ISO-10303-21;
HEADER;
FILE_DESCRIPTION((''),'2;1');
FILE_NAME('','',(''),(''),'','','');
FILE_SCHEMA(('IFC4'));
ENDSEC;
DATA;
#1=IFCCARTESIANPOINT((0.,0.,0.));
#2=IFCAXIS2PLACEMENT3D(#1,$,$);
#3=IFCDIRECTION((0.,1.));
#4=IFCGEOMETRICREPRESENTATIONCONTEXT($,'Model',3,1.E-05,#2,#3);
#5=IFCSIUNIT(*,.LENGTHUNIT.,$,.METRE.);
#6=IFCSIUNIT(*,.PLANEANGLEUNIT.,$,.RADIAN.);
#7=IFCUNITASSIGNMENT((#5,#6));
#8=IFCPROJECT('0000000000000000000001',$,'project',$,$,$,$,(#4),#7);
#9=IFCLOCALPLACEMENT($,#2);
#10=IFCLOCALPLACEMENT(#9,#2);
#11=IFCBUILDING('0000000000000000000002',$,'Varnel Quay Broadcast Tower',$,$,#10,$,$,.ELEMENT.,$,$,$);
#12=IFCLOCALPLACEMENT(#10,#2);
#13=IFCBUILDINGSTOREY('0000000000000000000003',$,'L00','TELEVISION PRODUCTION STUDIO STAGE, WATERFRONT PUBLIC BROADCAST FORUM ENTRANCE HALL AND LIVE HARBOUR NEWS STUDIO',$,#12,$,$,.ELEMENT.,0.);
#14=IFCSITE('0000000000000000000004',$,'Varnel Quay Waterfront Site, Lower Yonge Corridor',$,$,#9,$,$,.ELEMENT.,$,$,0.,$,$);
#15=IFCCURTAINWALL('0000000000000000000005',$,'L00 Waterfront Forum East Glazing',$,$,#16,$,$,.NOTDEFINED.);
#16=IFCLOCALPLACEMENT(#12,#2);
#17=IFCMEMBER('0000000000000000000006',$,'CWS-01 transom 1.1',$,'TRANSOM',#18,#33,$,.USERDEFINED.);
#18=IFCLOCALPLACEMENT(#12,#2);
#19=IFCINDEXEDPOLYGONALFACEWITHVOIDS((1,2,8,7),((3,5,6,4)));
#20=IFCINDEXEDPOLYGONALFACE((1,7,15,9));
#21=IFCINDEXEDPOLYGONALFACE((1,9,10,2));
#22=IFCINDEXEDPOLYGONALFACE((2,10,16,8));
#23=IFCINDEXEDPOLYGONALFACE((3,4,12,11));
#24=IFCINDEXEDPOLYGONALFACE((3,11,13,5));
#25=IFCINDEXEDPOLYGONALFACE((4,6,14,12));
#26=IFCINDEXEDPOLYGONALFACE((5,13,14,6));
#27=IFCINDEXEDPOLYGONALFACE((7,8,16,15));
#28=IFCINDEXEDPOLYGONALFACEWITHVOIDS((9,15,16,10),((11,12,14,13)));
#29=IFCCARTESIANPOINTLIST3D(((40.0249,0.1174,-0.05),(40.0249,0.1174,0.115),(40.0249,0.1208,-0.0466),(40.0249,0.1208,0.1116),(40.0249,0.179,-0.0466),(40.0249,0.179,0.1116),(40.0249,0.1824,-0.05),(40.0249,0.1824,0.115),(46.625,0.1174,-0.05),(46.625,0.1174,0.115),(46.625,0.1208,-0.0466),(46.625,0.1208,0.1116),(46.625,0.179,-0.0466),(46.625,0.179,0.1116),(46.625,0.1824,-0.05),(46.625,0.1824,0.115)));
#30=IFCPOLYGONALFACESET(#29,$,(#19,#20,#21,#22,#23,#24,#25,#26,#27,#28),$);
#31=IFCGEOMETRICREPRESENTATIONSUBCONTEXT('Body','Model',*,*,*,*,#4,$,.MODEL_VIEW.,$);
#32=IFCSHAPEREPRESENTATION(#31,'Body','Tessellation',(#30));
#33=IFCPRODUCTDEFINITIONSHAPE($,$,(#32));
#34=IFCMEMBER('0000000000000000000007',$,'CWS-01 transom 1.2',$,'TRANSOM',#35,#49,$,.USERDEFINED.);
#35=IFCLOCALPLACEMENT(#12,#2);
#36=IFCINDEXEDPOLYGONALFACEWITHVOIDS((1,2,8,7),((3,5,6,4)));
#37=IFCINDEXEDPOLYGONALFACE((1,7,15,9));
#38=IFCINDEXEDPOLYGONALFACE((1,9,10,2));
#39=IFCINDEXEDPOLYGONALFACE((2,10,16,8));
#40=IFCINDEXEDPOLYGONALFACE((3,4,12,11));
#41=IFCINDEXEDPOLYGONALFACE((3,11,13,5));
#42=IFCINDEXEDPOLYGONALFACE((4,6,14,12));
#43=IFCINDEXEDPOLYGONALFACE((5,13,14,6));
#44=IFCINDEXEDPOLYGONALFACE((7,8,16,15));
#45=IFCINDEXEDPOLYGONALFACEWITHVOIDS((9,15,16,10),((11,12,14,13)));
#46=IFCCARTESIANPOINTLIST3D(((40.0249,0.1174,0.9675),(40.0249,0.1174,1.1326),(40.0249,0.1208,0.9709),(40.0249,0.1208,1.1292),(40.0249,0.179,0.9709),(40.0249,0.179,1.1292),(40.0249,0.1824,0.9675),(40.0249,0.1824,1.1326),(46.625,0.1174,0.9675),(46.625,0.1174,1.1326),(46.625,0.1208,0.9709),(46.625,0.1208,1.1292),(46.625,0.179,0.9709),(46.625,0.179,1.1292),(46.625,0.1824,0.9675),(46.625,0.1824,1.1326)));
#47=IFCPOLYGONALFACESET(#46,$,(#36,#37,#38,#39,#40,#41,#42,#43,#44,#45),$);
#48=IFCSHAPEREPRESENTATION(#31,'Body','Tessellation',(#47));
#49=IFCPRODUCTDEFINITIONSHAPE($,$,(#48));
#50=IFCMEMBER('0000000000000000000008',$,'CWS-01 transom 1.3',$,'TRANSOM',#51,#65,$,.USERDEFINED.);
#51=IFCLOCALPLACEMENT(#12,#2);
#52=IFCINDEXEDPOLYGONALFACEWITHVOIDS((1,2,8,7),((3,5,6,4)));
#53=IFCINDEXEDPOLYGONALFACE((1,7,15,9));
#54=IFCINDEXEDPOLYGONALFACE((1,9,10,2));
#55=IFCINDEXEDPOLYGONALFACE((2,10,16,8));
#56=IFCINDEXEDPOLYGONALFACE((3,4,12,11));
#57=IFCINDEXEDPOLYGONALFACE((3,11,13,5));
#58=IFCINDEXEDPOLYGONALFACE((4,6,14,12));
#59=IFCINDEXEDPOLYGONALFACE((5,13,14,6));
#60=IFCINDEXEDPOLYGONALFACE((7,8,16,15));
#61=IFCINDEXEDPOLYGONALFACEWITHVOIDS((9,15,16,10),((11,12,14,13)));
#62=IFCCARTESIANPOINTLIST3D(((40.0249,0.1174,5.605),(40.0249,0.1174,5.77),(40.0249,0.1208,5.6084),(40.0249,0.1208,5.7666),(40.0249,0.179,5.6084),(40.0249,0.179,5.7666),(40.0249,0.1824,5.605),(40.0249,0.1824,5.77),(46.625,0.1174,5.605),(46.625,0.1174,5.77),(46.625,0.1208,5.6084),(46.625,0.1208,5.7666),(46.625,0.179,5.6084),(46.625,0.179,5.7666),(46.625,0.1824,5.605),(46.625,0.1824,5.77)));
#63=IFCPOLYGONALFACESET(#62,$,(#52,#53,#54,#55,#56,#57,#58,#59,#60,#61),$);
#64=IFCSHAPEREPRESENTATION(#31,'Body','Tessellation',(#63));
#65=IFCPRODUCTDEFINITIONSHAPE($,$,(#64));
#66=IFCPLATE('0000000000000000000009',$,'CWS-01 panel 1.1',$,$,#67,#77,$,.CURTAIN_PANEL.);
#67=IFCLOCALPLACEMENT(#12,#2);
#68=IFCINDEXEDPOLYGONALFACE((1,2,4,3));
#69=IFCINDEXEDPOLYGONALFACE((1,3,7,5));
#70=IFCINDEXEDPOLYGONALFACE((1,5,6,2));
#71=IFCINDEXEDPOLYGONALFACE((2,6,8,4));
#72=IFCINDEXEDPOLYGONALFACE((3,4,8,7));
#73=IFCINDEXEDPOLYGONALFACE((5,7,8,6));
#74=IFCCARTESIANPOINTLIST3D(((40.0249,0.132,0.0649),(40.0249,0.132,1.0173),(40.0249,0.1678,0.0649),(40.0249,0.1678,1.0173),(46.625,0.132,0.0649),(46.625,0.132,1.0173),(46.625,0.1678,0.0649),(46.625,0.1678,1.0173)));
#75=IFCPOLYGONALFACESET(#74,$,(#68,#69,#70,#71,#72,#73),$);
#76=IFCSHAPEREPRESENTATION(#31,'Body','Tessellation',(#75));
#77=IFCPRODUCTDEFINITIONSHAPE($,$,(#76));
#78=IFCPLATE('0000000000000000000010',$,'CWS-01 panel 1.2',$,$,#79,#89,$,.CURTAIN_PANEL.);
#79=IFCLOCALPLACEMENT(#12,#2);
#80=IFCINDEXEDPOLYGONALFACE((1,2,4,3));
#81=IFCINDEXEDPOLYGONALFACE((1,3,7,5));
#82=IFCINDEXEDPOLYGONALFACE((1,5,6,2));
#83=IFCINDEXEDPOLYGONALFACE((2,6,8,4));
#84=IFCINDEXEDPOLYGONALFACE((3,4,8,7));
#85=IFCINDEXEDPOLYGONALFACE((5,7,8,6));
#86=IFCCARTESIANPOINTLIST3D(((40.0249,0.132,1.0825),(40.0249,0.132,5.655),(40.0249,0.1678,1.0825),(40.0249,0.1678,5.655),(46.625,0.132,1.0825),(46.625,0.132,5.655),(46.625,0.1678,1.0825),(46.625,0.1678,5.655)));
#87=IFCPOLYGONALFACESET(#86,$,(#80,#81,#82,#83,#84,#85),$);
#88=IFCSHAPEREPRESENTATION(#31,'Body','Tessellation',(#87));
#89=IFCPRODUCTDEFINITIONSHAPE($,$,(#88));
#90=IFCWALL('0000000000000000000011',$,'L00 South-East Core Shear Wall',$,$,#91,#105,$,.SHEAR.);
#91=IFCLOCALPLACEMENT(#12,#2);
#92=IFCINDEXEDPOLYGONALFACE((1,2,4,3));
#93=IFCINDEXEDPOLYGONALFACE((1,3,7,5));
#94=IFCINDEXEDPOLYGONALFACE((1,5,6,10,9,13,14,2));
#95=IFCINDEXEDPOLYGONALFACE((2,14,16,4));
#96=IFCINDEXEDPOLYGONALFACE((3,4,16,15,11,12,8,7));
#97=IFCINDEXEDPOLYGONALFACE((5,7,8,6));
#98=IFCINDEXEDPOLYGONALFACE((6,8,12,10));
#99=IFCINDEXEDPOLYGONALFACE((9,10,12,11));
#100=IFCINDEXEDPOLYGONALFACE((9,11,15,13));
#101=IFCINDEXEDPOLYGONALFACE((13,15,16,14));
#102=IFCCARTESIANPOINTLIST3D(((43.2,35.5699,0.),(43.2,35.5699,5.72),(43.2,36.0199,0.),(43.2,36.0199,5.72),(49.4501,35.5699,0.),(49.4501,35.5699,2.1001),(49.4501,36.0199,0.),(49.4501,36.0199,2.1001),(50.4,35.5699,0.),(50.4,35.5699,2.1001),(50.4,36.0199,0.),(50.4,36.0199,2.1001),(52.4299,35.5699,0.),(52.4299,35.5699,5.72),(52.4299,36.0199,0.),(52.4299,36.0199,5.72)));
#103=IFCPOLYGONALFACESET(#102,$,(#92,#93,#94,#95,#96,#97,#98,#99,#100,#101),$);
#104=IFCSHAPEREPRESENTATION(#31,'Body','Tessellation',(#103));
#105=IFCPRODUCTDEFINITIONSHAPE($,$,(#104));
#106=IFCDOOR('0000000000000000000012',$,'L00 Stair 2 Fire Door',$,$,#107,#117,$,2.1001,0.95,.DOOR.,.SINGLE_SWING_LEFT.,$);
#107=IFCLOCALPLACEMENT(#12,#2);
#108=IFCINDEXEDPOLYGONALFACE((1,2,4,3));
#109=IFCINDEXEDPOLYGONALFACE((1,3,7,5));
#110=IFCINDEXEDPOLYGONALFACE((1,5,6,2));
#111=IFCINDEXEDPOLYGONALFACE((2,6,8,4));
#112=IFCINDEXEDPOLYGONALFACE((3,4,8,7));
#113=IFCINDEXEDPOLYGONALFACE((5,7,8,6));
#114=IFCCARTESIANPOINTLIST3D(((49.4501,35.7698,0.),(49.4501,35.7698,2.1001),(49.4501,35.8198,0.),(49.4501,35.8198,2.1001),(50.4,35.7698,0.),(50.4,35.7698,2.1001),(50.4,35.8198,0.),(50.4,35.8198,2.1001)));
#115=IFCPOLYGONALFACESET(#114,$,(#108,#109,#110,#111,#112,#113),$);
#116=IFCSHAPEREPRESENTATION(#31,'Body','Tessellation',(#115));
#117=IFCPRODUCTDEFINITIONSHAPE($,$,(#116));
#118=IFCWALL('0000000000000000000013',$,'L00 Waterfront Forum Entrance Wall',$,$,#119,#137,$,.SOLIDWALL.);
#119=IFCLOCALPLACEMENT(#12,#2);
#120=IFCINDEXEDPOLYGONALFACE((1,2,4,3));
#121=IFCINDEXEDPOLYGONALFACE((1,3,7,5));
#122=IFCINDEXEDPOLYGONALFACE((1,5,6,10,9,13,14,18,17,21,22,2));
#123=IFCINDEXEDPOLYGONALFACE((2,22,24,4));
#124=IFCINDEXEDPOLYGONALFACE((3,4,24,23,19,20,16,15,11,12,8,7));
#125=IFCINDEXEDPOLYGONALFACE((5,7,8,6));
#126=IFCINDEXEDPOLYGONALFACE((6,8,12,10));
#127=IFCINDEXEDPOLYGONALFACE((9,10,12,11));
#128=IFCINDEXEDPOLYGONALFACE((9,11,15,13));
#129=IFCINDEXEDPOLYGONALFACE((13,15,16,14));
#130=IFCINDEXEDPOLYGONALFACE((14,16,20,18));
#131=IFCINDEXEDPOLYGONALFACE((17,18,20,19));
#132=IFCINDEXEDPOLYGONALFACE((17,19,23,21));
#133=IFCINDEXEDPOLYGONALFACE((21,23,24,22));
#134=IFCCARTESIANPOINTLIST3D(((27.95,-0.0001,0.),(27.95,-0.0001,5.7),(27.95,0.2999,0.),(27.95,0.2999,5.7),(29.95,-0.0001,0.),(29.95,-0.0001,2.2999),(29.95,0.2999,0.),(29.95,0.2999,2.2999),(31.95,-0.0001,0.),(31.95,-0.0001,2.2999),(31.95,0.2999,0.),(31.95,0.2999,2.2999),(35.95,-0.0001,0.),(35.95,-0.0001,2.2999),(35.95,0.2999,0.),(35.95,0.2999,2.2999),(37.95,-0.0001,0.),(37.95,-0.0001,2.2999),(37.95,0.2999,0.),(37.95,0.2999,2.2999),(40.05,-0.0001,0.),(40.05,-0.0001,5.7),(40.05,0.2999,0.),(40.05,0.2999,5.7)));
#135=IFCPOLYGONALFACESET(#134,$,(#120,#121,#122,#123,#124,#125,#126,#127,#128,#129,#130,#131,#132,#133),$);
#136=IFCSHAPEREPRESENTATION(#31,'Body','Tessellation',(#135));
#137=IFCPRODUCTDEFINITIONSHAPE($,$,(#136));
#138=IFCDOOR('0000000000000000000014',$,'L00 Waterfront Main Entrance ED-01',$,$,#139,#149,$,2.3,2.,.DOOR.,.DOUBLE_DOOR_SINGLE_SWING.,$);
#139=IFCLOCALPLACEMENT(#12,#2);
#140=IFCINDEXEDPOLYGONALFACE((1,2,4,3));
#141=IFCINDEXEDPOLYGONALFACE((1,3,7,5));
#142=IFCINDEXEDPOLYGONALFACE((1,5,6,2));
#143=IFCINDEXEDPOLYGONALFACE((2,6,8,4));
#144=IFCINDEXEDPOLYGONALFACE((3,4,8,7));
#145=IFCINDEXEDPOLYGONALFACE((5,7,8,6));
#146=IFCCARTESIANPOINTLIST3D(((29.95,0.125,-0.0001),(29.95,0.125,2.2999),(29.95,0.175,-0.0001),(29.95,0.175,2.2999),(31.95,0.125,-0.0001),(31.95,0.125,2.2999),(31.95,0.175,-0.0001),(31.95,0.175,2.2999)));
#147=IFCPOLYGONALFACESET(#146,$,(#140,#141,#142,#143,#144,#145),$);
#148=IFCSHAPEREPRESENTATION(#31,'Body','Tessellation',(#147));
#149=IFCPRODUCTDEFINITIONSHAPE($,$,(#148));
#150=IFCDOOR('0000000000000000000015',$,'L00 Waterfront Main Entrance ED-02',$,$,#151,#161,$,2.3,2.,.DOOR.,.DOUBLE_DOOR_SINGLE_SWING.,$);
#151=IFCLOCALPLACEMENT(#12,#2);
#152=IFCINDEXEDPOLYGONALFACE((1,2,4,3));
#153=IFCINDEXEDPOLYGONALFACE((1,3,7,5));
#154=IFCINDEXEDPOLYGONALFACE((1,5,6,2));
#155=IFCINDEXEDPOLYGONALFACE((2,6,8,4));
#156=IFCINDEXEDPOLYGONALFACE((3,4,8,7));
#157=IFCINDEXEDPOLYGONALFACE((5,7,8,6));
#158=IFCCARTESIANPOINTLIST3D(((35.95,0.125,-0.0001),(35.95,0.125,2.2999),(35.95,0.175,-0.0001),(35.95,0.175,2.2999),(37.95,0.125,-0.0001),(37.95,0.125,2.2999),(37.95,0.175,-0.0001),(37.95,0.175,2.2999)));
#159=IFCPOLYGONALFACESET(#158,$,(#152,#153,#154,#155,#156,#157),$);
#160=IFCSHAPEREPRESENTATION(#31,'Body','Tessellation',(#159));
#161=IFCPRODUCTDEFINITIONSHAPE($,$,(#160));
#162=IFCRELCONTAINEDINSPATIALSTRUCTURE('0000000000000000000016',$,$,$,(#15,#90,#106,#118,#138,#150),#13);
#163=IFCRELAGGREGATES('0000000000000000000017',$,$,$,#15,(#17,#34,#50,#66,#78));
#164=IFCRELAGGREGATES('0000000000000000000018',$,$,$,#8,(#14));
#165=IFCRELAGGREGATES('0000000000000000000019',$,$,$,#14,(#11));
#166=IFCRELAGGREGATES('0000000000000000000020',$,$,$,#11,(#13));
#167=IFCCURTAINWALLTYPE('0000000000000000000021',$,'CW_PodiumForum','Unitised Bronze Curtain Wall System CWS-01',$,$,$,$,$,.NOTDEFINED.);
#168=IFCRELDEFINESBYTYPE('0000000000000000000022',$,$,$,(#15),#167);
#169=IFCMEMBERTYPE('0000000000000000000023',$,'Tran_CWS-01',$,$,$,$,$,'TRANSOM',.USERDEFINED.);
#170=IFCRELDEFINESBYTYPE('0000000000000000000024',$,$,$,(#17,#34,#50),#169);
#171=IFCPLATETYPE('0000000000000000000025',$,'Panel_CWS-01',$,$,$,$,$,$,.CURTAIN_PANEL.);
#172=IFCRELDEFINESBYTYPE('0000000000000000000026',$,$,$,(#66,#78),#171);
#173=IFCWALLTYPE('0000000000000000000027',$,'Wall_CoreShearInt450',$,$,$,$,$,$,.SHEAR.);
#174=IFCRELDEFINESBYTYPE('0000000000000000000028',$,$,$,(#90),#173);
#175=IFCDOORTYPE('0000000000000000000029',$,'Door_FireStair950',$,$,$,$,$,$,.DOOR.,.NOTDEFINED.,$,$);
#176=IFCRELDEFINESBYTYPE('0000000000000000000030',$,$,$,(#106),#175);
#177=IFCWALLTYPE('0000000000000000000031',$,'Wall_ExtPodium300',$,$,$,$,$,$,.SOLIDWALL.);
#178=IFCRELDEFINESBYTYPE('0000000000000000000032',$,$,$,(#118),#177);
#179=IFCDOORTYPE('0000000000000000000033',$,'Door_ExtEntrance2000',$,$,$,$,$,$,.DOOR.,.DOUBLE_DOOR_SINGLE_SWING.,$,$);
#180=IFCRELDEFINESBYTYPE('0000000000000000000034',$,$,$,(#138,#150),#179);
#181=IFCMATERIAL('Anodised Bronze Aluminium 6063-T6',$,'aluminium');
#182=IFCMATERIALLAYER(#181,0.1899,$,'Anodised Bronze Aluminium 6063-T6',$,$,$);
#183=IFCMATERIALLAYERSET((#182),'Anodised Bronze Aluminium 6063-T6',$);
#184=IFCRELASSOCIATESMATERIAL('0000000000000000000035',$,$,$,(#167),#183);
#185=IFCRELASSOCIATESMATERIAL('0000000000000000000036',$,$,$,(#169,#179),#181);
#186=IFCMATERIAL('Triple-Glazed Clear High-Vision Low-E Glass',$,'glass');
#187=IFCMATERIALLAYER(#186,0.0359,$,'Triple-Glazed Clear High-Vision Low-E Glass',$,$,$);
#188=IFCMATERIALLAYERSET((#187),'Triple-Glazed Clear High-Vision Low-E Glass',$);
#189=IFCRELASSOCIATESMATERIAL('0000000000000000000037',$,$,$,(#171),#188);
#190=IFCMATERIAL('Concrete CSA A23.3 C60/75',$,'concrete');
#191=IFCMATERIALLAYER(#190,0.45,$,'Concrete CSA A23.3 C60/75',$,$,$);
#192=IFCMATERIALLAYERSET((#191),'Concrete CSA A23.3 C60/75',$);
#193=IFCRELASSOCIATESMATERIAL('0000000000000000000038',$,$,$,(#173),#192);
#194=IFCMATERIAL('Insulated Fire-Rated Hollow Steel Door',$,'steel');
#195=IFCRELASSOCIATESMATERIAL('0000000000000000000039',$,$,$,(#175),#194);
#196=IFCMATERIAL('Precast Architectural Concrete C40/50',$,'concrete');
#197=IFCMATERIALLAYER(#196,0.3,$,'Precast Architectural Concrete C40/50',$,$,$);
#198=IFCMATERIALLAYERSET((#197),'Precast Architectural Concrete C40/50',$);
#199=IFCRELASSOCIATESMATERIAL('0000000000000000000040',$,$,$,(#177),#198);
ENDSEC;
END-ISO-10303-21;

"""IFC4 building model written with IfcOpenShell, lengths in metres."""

from ifc_helpers import new_model, si_unit, direction, frame, frame_2d, origin, origin_2d, place, context, subcontext, project, spatial, rectangle, hollow_rectangle, extrude, source, transform, mapped, material, layer, layer_set, material_profile, profile_set, type_object, type_shapes, element, fill, aggregate, save


model = new_model("IFC4")

# Units and contexts
model_context = context("Model", 3, precision=1e-05, world=origin(), true_north=direction((0.0, 1.0)))
body_context = subcontext(model_context, "Body", "Model", "MODEL_VIEW")
ifc_project = project(units=[si_unit("LENGTHUNIT", "METRE"), si_unit("PLANEANGLEUNIT", "RADIAN")], contexts=[model_context])

# Site, building, storey
site_placement = place(None, origin())
site = spatial("IfcSite", under=ifc_project, at=site_placement, Name="Varnel Quay Waterfront Site, Lower Yonge Corridor", CompositionType="ELEMENT", RefElevation=0.0)
building_placement = place(site_placement, origin())
building = spatial("IfcBuilding", under=site, at=building_placement, Name="Varnel Quay Broadcast Tower", CompositionType="ELEMENT")
storey_placement = place(building_placement, origin())
storey = spatial("IfcBuildingStorey", under=building, at=storey_placement, Name="L00", Description="TELEVISION PRODUCTION STUDIO STAGE, WATERFRONT PUBLIC BROADCAST FORUM ENTRANCE HALL AND LIVE HARBOUR NEWS STUDIO", CompositionType="ELEMENT", Elevation=0.0)

# Shared definitions
ifc_material_1 = material(Name="Anodised Bronze Aluminium 6063-T6", Category="aluminium")
ifc_layer_1 = layer(ifc_material_1, 0.1899, Name="Anodised Bronze Aluminium 6063-T6")
ifc_layer_set_1 = layer_set([ifc_layer_1], Name="Anodised Bronze Aluminium 6063-T6")
curtain_wall_type = type_object("IfcCurtainWallType", Name="CW_PodiumForum", Description="Unitised Bronze Curtain Wall System CWS-01", PredefinedType="NOTDEFINED", material=ifc_layer_set_1)

# Curtain wall, members, plates
curtain_wall_1_placement = place(storey_placement, origin())
curtain_wall_1 = element("IfcCurtainWall", 1, at=curtain_wall_1_placement, inside=storey, type_object=curtain_wall_type, Name="L00 Waterfront Forum East Glazing", PredefinedType="NOTDEFINED")
ifc_material_profile_1 = material_profile(ifc_material_1, hollow_rectangle(XDim=0.0649, YDim=0.165, WallThickness=0.0034, at=origin_2d()), Name="ALU65X165X3.5")
ifc_profile_set_1 = profile_set([ifc_material_profile_1], Name="Anodised Bronze Aluminium 6063-T6")
member_type_1 = type_object("IfcMemberType", Name="Tran_CWS-01", ElementType="TRANSOM", PredefinedType="USERDEFINED", material=ifc_profile_set_1)
shared_shape_1 = source(origin(), body_context, "Body", "SweptSolid", [
    extrude(hollow_rectangle(XDim=0.0649, YDim=0.165, WallThickness=0.0034, at=origin_2d()), origin(), (0.0, 0.0, 1.0), 6.6001),
])
type_shapes(member_type_1, [shared_shape_1])
member_1_placement = place(storey_placement, frame((40.0249, 0.1499, 0.0325), z_axis=(1.0, 0.0, 0.0), x_axis=(0.0, 1.0, 0.0)))
member_1 = element("IfcMember", 2, at=member_1_placement, type_object=member_type_1, Name="CWS-01 transom 1.1", ObjectType="TRANSOM", PredefinedType="USERDEFINED", context=body_context, shape_type="MappedRepresentation", body=[
    mapped(shared_shape_1, transform((0.0, 0.0, 0.0), x_axis=(1.0, 0.0, 0.0), y_axis=(0.0, 1.0, 0.0), z_axis=(0.0, 0.0, 1.0), scale=1.0)),
])
member_2_placement = place(storey_placement, frame((40.0249, 0.1499, 1.05), z_axis=(1.0, 0.0, 0.0), x_axis=(0.0, 1.0, 0.0)))
member_2 = element("IfcMember", 3, at=member_2_placement, type_object=member_type_1, Name="CWS-01 transom 1.2", ObjectType="TRANSOM", PredefinedType="USERDEFINED", context=body_context, shape_type="MappedRepresentation", body=[
    mapped(shared_shape_1, transform((0.0, 0.0, 0.0), x_axis=(1.0, 0.0, 0.0), y_axis=(0.0, 1.0, 0.0), z_axis=(0.0, 0.0, 1.0), scale=1.0)),
])
member_3_placement = place(storey_placement, frame((40.0249, 0.1499, 5.6875), z_axis=(1.0, 0.0, 0.0), x_axis=(0.0, 1.0, 0.0)))
member_3 = element("IfcMember", 4, at=member_3_placement, type_object=member_type_1, Name="CWS-01 transom 1.3", ObjectType="TRANSOM", PredefinedType="USERDEFINED", context=body_context, shape_type="MappedRepresentation", body=[
    mapped(shared_shape_1, transform((0.0, 0.0, 0.0), x_axis=(1.0, 0.0, 0.0), y_axis=(0.0, 1.0, 0.0), z_axis=(0.0, 0.0, 1.0), scale=1.0)),
])
ifc_material_2 = material(Name="Triple-Glazed Clear High-Vision Low-E Glass", Category="glass")
ifc_layer_2 = layer(ifc_material_2, 0.0359, Name="Triple-Glazed Clear High-Vision Low-E Glass")
ifc_layer_set_2 = layer_set([ifc_layer_2], Name="Triple-Glazed Clear High-Vision Low-E Glass")
plate_type = type_object("IfcPlateType", Name="Panel_CWS-01", PredefinedType="CURTAIN_PANEL", material=ifc_layer_set_2)
shared_shape_2 = source(origin(), body_context, "Body", "SweptSolid", [
    extrude(rectangle(XDim=6.6001, YDim=0.0359, at=origin_2d()), origin(), (0.0, 0.0, 1.0), 0.9524),
])
plate_1_placement = place(storey_placement, frame((43.325, 0.1499, 0.0649), z_axis=(0.0, 0.0, 1.0), x_axis=(1.0, 0.0, 0.0)))
plate_1 = element("IfcPlate", 5, at=plate_1_placement, type_object=plate_type, Name="CWS-01 panel 1.1", PredefinedType="CURTAIN_PANEL", context=body_context, shape_type="MappedRepresentation", body=[
    mapped(shared_shape_2, transform((0.0, 0.0, 0.0), x_axis=(1.0, 0.0, 0.0), y_axis=(0.0, 1.0, 0.0), z_axis=(0.0, 0.0, 1.0), scale=1.0)),
])
shared_shape_3 = source(origin(), body_context, "Body", "SweptSolid", [
    extrude(rectangle(XDim=6.6001, YDim=0.0359, at=origin_2d()), origin(), (0.0, 0.0, 1.0), 4.5725),
])
type_shapes(plate_type, [shared_shape_2, shared_shape_3])
plate_2_placement = place(storey_placement, frame((43.325, 0.1499, 1.0825), z_axis=(0.0, 0.0, 1.0), x_axis=(1.0, 0.0, 0.0)))
plate_2 = element("IfcPlate", 6, at=plate_2_placement, type_object=plate_type, Name="CWS-01 panel 1.2", PredefinedType="CURTAIN_PANEL", context=body_context, shape_type="MappedRepresentation", body=[
    mapped(shared_shape_3, transform((0.0, 0.0, 0.0), x_axis=(1.0, 0.0, 0.0), y_axis=(0.0, 1.0, 0.0), z_axis=(0.0, 0.0, 1.0), scale=1.0)),
])
aggregate(curtain_wall_1, [member_1, member_2, member_3, plate_1, plate_2])

# Wall, opening, door
ifc_material_3 = material(Name="Concrete CSA A23.3 C60/75", Category="concrete")
ifc_layer_3 = layer(ifc_material_3, 0.45, Name="Concrete CSA A23.3 C60/75")
ifc_layer_set_3 = layer_set([ifc_layer_3], Name="Concrete CSA A23.3 C60/75")
wall_type_1 = type_object("IfcWallType", Name="Wall_CoreShearInt450", PredefinedType="SHEAR", material=ifc_layer_set_3)
wall_1_placement = place(storey_placement, frame((43.2, 35.7949, 0.0), z_axis=(0.0, 0.0, 1.0), x_axis=(1.0, 0.0, 0.0)))
wall_1 = element("IfcWall", 7, at=wall_1_placement, inside=storey, type_object=wall_type_1, Name="L00 South-East Core Shear Wall", PredefinedType="SHEAR", context=body_context, shape_type="SweptSolid", body=[
    extrude(rectangle(XDim=9.23, YDim=0.45, at=frame_2d((4.615, 0.0))), origin(), (0.0, 0.0, 1.0), 5.72),
])
opening_1_placement = place(wall_1_placement, frame((6.25, 0.0, 0.0)))
opening_1 = element("IfcOpeningElement", 8, at=opening_1_placement, cuts=wall_1, PredefinedType="OPENING", context=body_context, shape_type="SweptSolid", body=[
    extrude(rectangle(XDim=0.95, YDim=2.1001, at=frame_2d((0.4751, 1.05))), frame((0.0, 0.2349, 0.0), z_axis=(0.0, -1.0, 0.0), x_axis=(1.0, 0.0, 0.0)), (0.0, 0.0, 1.0), 0.47),
])
ifc_material_4 = material(Name="Insulated Fire-Rated Hollow Steel Door", Category="steel")
door_type_1 = type_object("IfcDoorType", Name="Door_FireStair950", OperationType="NOTDEFINED", PredefinedType="DOOR", material=ifc_material_4)
shared_shape_4 = source(origin(), body_context, "Body", "SweptSolid", [
    extrude(rectangle(XDim=0.95, YDim=2.1001, at=frame_2d((0.4751, 1.05))), frame((0.0, 0.0249, 0.0), z_axis=(0.0, -1.0, 0.0), x_axis=(1.0, 0.0, 0.0)), (0.0, 0.0, 1.0), 0.05),
])
type_shapes(door_type_1, [shared_shape_4])
door_1_placement = place(opening_1_placement, origin())
door_1 = element("IfcDoor", 9, at=door_1_placement, inside=storey, type_object=door_type_1, Name="L00 Stair 2 Fire Door", OperationType="SINGLE_SWING_LEFT", OverallHeight=2.1001, OverallWidth=0.95, PredefinedType="DOOR", context=body_context, shape_type="MappedRepresentation", body=[
    mapped(shared_shape_4, transform((0.0, 0.0, 0.0), x_axis=(1.0, 0.0, 0.0), y_axis=(0.0, 1.0, 0.0), z_axis=(0.0, 0.0, 1.0), scale=1.0)),
])
fill(opening_1, door_1)

# Wall, openings, doors
ifc_material_5 = material(Name="Precast Architectural Concrete C40/50", Category="concrete")
ifc_layer_4 = layer(ifc_material_5, 0.3, Name="Precast Architectural Concrete C40/50")
ifc_layer_set_4 = layer_set([ifc_layer_4], Name="Precast Architectural Concrete C40/50")
wall_type_2 = type_object("IfcWallType", Name="Wall_ExtPodium300", PredefinedType="SOLIDWALL", material=ifc_layer_set_4)
wall_2_placement = place(storey_placement, frame((27.95, 0.1499, 0.0), z_axis=(0.0, 0.0, 1.0), x_axis=(1.0, 0.0, 0.0)))
wall_2 = element("IfcWall", 10, at=wall_2_placement, inside=storey, type_object=wall_type_2, Name="L00 Waterfront Forum Entrance Wall", PredefinedType="SOLIDWALL", context=body_context, shape_type="SweptSolid", body=[
    extrude(rectangle(XDim=12.1001, YDim=0.3, at=frame_2d((6.05, 0.0))), origin(), (0.0, 0.0, 1.0), 5.7),
])
opening_2_placement = place(wall_2_placement, frame((2.0, 0.0, 0.0)))
opening_2 = element("IfcOpeningElement", 11, at=opening_2_placement, cuts=wall_2, PredefinedType="OPENING", context=body_context, shape_type="SweptSolid", body=[
    extrude(rectangle(XDim=2.0, YDim=2.3, at=frame_2d((1.0, 1.1499))), frame((0.0, 0.1602, 0.0), z_axis=(0.0, -1.0, 0.0), x_axis=(1.0, 0.0, 0.0)), (0.0, 0.0, 1.0), 0.3201),
])
opening_3_placement = place(wall_2_placement, frame((8.0, 0.0, 0.0)))
opening_3 = element("IfcOpeningElement", 12, at=opening_3_placement, cuts=wall_2, PredefinedType="OPENING", context=body_context, shape_type="SweptSolid", body=[
    extrude(rectangle(XDim=2.0, YDim=2.3, at=frame_2d((1.0, 1.1499))), frame((0.0, 0.1602, 0.0), z_axis=(0.0, -1.0, 0.0), x_axis=(1.0, 0.0, 0.0)), (0.0, 0.0, 1.0), 0.3201),
])
door_type_2 = type_object("IfcDoorType", Name="Door_ExtEntrance2000", OperationType="DOUBLE_DOOR_SINGLE_SWING", PredefinedType="DOOR", material=ifc_material_1)
shared_shape_5 = source(origin(), body_context, "Body", "SweptSolid", [
    extrude(rectangle(XDim=2.0, YDim=2.3, at=frame_2d((1.0, 1.1499))), frame((0.0, 0.0249, 0.0), z_axis=(0.0, -1.0, 0.0), x_axis=(1.0, 0.0, 0.0)), (0.0, 0.0, 1.0), 0.05),
])
type_shapes(door_type_2, [shared_shape_5])
door_2_placement = place(opening_2_placement, frame((2.0, 0.0, 0.0), z_axis=(0.0, 0.0, 1.0), x_axis=(-1.0, 0.0, 0.0)))
door_2 = element("IfcDoor", 13, at=door_2_placement, inside=storey, type_object=door_type_2, Name="L00 Waterfront Main Entrance ED-01", OperationType="DOUBLE_DOOR_SINGLE_SWING", OverallHeight=2.3, OverallWidth=2.0, PredefinedType="DOOR", context=body_context, shape_type="MappedRepresentation", body=[
    mapped(shared_shape_5, transform((0.0, 0.0, 0.0), x_axis=(1.0, 0.0, 0.0), y_axis=(0.0, 1.0, 0.0), z_axis=(0.0, 0.0, 1.0), scale=1.0)),
])
fill(opening_2, door_2)
door_3_placement = place(opening_3_placement, frame((2.0, 0.0, 0.0), z_axis=(0.0, 0.0, 1.0), x_axis=(-1.0, 0.0, 0.0)))
door_3 = element("IfcDoor", 14, at=door_3_placement, inside=storey, type_object=door_type_2, Name="L00 Waterfront Main Entrance ED-02", OperationType="DOUBLE_DOOR_SINGLE_SWING", OverallHeight=2.3, OverallWidth=2.0, PredefinedType="DOOR", context=body_context, shape_type="MappedRepresentation", body=[
    mapped(shared_shape_5, transform((0.0, 0.0, 0.0), x_axis=(1.0, 0.0, 0.0), y_axis=(0.0, 1.0, 0.0), z_axis=(0.0, 0.0, 1.0), scale=1.0)),
])
fill(opening_3, door_3)

save(model, "model.ifc")
